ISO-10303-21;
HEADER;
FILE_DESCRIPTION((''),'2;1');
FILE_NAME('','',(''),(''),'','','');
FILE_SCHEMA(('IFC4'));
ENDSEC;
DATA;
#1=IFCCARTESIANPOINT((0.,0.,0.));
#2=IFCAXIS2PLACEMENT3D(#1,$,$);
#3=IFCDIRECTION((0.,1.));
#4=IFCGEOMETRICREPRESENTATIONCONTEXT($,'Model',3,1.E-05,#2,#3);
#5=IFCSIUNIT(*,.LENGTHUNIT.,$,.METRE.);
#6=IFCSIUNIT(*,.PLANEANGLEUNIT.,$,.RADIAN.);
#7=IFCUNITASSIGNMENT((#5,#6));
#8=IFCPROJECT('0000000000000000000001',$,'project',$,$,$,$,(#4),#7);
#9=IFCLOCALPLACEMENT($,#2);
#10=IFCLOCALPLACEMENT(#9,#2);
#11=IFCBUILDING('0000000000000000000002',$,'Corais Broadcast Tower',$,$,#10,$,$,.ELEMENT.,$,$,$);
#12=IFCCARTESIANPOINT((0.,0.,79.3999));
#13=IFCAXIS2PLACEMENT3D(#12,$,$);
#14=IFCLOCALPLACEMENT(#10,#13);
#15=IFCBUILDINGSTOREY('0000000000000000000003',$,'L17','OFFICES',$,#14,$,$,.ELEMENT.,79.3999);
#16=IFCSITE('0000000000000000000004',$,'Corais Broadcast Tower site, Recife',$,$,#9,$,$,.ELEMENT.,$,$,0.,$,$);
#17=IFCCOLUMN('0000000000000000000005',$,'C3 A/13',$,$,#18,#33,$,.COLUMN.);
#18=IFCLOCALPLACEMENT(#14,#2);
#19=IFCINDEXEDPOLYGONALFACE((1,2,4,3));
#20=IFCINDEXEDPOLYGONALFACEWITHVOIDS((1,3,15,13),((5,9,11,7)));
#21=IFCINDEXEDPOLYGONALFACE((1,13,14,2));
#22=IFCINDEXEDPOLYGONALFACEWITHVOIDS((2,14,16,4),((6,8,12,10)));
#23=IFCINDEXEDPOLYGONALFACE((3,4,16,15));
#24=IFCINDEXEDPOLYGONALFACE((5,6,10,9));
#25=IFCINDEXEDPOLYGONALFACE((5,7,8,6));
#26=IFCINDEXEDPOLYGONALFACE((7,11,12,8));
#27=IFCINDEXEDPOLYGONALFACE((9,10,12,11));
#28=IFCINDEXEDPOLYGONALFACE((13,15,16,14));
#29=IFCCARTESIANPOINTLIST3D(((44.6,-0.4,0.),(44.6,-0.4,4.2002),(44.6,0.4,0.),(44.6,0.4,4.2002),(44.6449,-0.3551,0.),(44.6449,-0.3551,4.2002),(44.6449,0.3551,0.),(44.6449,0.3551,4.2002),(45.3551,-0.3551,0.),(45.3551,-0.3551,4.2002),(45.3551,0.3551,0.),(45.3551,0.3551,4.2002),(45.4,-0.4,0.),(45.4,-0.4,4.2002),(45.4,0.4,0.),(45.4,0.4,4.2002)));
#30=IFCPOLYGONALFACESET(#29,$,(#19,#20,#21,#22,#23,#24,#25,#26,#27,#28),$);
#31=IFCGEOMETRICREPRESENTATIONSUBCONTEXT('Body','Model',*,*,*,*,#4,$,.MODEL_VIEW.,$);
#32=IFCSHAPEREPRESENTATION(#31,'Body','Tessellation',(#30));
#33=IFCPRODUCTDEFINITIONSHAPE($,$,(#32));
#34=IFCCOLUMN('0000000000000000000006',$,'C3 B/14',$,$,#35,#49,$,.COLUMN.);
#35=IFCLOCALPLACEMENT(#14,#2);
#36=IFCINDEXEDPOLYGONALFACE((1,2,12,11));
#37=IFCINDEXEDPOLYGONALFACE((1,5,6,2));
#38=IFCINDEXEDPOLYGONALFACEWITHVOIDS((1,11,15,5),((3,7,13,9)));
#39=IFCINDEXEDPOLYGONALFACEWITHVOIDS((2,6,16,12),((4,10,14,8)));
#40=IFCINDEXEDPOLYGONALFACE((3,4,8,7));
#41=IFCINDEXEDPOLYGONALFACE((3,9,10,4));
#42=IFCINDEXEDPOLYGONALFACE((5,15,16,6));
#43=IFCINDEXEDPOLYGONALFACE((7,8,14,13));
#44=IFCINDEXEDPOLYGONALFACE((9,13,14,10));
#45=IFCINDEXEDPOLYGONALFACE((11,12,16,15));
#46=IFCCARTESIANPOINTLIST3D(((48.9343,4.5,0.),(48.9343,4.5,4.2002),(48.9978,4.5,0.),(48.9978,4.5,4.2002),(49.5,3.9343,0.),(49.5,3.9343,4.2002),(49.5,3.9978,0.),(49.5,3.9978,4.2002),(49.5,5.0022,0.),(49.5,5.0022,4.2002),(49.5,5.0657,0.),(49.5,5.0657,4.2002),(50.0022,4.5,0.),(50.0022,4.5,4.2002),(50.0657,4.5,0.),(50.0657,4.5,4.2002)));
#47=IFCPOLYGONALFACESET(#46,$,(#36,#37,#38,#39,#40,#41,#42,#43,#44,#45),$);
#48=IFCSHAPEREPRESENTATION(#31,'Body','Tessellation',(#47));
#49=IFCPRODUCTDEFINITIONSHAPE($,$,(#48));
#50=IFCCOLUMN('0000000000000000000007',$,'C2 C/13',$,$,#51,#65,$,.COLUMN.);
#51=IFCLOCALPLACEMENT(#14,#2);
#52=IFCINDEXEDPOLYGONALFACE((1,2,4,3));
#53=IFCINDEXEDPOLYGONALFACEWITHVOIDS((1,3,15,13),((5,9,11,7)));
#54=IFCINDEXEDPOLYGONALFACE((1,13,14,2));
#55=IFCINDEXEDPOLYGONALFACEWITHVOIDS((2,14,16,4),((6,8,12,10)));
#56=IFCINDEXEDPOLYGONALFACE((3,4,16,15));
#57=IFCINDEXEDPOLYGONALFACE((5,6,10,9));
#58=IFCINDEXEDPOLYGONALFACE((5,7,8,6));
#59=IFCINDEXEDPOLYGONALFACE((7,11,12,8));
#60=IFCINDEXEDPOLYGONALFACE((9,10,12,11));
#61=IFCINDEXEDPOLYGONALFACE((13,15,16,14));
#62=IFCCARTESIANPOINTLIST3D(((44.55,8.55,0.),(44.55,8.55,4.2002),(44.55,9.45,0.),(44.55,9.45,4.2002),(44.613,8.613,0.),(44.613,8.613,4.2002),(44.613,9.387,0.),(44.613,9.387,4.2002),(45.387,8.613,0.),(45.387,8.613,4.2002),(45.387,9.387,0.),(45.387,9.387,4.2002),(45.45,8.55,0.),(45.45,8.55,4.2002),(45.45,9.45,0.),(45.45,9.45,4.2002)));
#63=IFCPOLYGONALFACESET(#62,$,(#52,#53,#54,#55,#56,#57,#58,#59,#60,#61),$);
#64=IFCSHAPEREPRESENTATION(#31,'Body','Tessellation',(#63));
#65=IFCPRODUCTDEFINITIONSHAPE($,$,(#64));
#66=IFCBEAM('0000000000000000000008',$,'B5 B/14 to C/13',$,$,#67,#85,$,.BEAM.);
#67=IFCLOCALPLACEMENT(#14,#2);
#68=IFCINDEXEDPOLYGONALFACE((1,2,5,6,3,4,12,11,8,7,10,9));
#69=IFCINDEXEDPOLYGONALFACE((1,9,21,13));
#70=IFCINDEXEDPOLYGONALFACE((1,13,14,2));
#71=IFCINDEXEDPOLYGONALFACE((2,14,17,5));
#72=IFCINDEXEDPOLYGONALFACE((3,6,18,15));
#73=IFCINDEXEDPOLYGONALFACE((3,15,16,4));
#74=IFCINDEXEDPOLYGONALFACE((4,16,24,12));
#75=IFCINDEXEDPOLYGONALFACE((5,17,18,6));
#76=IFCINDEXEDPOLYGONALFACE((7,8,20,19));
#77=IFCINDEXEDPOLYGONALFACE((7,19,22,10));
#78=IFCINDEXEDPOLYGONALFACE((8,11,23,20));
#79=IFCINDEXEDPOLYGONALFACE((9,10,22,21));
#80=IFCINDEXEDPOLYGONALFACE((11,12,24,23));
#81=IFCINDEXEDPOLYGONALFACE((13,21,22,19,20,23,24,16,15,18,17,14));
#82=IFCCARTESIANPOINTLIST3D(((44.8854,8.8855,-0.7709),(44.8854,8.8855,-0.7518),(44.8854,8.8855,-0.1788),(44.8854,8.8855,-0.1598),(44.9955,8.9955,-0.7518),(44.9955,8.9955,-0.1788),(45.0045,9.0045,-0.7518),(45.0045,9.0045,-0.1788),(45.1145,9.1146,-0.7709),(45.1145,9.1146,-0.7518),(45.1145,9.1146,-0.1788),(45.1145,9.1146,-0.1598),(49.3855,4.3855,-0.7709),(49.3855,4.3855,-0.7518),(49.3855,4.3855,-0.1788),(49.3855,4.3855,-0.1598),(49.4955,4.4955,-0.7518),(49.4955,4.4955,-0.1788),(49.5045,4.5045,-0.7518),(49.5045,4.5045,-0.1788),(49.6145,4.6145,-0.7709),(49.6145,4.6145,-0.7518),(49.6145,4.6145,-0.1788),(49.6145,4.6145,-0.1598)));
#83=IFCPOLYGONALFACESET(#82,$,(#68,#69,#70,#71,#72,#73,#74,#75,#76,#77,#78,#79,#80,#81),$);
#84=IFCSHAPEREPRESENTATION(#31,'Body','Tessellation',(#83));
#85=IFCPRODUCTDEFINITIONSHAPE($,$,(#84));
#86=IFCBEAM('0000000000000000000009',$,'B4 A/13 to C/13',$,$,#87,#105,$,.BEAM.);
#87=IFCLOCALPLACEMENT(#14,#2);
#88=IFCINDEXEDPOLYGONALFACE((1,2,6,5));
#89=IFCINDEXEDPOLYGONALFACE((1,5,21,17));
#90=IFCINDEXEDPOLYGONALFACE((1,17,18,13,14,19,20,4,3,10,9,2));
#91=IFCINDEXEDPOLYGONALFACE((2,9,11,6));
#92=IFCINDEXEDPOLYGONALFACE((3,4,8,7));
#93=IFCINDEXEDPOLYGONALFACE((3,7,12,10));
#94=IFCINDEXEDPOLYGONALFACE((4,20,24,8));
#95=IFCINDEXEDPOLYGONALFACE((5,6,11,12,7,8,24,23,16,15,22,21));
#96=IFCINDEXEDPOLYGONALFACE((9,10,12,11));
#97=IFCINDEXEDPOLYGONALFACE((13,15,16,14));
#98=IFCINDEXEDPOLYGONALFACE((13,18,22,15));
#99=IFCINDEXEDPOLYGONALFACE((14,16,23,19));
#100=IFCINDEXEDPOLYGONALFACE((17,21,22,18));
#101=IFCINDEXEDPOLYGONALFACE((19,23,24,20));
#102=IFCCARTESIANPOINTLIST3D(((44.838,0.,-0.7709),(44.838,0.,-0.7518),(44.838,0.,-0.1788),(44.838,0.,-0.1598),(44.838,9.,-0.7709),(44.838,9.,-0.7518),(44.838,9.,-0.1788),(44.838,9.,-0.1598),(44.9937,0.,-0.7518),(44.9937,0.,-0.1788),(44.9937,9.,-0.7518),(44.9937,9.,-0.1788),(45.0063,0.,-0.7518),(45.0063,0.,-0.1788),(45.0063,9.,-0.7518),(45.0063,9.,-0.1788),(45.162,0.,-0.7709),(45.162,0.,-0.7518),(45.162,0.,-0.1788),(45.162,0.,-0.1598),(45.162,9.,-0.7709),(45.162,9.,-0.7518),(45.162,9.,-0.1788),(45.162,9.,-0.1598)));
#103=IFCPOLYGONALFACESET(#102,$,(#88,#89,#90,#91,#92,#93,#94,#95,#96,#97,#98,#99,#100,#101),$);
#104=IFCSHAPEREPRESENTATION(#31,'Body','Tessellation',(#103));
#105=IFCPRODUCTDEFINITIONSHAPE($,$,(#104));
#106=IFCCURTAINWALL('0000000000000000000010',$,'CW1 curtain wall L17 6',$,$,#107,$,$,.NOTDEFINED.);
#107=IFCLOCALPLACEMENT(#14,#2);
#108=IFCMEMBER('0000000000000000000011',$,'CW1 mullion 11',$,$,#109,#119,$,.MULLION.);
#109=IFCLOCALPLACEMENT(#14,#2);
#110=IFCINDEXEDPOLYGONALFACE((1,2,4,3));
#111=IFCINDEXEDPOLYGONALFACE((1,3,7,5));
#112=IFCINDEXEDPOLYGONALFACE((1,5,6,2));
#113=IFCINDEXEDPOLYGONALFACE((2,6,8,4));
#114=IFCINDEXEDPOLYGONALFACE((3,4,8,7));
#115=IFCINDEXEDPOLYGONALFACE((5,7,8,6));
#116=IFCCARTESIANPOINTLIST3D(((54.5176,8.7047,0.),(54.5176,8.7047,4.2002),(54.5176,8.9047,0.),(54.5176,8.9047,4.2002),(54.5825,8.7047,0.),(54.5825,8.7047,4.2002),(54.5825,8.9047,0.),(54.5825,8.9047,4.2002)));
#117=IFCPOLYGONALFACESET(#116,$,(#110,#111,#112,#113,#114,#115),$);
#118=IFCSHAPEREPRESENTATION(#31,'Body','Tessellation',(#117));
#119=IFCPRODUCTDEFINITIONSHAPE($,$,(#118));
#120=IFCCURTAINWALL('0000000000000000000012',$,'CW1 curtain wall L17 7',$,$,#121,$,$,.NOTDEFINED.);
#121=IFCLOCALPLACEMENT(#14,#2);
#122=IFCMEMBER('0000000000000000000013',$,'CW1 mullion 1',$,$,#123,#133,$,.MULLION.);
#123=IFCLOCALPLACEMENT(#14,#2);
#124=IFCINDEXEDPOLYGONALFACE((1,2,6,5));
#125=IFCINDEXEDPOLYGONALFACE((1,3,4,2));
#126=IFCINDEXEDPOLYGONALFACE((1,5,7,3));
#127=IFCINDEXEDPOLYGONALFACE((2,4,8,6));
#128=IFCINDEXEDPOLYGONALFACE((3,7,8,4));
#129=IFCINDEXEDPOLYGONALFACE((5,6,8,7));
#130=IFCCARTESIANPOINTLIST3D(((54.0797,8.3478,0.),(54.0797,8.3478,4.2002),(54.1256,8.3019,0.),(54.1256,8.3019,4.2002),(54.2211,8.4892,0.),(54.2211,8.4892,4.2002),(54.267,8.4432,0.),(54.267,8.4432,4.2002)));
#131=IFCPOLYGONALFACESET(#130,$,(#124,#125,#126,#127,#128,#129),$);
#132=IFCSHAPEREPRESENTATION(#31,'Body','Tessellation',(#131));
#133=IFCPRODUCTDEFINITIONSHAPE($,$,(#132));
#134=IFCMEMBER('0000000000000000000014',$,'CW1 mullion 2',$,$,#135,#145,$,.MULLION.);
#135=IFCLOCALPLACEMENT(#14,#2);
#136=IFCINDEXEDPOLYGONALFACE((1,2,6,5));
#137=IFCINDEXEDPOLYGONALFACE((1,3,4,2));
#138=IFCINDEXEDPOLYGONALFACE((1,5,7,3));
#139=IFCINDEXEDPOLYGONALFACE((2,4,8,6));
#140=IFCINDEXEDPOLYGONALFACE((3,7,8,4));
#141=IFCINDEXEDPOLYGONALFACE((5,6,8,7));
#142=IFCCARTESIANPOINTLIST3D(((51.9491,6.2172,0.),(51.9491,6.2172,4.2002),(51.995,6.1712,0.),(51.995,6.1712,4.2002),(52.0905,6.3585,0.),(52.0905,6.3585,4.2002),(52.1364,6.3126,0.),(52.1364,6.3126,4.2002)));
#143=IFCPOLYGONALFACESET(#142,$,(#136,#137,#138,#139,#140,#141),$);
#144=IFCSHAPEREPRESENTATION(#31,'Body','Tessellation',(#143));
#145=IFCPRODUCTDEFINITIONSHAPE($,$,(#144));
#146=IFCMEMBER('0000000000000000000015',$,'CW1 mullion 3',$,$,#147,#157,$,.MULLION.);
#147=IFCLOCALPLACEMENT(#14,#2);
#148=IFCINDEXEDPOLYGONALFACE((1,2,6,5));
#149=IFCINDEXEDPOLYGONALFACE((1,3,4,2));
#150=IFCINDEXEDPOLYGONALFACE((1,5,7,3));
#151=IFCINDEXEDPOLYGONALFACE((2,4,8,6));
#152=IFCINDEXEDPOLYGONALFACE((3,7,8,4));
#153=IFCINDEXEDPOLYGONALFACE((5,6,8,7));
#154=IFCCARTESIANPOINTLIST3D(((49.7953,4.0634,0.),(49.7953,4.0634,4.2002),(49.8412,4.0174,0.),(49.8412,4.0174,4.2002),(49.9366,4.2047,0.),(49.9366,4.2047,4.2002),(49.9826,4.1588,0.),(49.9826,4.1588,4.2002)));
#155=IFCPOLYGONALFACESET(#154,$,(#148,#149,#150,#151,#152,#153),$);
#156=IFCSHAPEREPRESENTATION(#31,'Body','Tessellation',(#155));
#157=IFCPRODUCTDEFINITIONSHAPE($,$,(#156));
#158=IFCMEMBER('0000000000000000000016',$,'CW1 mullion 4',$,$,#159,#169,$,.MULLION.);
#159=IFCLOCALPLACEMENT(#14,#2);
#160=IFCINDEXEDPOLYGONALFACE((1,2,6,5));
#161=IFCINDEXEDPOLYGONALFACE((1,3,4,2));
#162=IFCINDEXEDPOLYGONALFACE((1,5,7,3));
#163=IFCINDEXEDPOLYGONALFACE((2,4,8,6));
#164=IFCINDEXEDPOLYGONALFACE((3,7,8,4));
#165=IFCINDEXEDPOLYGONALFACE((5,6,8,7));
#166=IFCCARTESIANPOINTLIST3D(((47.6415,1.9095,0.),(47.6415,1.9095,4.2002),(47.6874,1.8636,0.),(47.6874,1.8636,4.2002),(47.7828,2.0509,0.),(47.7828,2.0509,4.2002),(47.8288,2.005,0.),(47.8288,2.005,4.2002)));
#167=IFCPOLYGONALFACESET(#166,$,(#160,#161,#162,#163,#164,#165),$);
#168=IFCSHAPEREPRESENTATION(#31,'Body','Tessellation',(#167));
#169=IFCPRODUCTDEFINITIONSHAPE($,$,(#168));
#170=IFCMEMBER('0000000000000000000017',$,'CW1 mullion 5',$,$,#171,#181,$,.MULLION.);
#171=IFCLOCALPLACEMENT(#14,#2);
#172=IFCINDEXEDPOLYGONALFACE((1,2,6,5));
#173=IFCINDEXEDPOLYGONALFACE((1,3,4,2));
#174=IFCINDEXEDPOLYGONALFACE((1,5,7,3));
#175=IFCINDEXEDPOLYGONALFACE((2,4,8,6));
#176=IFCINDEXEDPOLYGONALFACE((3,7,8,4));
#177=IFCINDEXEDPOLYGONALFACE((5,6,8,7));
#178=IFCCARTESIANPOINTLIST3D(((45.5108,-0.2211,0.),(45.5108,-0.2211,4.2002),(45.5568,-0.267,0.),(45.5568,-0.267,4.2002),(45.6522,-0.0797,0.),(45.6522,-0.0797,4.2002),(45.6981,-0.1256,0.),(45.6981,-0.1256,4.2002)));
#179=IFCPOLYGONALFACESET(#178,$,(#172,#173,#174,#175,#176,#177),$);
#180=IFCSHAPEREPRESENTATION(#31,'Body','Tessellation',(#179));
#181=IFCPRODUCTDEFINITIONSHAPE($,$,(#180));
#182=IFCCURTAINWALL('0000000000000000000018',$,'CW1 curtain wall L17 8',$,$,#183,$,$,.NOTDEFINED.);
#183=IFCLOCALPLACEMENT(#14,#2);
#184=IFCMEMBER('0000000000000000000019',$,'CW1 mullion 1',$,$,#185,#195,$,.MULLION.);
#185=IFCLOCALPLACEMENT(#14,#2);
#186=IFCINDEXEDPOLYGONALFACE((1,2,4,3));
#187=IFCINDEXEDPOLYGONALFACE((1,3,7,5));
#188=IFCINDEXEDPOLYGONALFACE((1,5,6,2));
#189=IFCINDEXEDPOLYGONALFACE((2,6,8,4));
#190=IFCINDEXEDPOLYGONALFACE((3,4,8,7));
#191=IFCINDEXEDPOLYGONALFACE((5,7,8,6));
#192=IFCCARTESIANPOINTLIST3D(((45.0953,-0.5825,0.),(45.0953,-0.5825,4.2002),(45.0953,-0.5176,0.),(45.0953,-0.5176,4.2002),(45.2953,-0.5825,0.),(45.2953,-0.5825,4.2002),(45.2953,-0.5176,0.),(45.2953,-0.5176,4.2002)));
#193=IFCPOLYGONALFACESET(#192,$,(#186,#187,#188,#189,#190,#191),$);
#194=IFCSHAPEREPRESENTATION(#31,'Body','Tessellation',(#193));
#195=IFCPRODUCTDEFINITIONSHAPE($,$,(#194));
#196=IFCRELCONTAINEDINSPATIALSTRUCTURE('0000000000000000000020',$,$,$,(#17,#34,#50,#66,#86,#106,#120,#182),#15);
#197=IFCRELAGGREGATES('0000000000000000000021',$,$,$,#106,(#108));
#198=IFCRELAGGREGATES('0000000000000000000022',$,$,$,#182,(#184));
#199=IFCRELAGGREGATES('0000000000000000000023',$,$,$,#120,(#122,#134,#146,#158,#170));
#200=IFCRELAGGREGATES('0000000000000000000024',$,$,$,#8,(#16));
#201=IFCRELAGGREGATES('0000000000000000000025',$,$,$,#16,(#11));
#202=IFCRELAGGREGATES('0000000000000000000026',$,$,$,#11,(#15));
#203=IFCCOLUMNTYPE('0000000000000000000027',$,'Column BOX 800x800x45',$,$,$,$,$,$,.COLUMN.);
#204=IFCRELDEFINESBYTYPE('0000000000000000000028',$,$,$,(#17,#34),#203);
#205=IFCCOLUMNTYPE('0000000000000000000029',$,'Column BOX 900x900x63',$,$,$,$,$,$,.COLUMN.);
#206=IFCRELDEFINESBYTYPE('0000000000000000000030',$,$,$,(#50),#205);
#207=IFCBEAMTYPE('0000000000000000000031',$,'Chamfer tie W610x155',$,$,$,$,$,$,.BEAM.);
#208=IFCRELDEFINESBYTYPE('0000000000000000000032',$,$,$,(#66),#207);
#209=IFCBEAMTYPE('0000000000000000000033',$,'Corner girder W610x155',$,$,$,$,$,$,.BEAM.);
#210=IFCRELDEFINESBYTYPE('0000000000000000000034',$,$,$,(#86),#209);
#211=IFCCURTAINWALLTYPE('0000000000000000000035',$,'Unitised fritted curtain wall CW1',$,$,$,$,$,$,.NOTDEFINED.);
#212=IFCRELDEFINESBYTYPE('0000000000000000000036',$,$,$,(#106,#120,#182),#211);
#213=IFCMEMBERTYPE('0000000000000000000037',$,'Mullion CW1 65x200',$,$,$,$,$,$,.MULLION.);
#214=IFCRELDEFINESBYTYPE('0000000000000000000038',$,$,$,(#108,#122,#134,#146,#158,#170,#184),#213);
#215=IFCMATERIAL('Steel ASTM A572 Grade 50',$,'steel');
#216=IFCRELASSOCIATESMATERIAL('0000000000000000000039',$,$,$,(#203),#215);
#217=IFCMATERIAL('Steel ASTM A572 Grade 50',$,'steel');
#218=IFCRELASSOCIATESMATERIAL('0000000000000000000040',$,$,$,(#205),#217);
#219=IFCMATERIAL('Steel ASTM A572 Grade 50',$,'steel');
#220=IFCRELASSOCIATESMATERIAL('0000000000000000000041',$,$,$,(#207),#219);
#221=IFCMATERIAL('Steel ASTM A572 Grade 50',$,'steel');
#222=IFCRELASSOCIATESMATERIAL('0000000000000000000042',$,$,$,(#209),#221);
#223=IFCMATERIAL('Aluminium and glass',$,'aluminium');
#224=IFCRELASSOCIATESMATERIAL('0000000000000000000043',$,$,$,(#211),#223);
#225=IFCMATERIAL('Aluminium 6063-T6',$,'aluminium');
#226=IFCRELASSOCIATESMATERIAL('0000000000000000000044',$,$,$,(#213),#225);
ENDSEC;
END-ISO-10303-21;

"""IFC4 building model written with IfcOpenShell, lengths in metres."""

from ifc_helpers import new_model, si_unit, direction, frame, origin, origin_2d, place, context, subcontext, project, spatial, rectangle, hollow_rectangle, i_section, extrude, material, material_profile, profile_set, type_object, element, aggregate, save


model = new_model("IFC4")

# Units and contexts
model_context = context("Model", 3, precision=1e-05, world=origin(), true_north=direction((0.0, 1.0)))
body_context = subcontext(model_context, "Body", "Model", "MODEL_VIEW")
ifc_project = project(units=[si_unit("LENGTHUNIT", "METRE"), si_unit("PLANEANGLEUNIT", "RADIAN")], contexts=[model_context])

# Site, building, storey
site_placement = place(None, origin())
site = spatial("IfcSite", under=ifc_project, at=site_placement, Name="Corais Broadcast Tower site, Recife", CompositionType="ELEMENT", RefElevation=0.0)
building_placement = place(site_placement, origin())
building = spatial("IfcBuilding", under=site, at=building_placement, Name="Corais Broadcast Tower", CompositionType="ELEMENT")
storey_placement = place(building_placement, frame((0.0, 0.0, 79.3999)))
storey = spatial("IfcBuildingStorey", under=building, at=storey_placement, Name="L17", Description="OFFICES", CompositionType="ELEMENT", Elevation=79.3999)

# Columns
ifc_material_1 = material(Name="Steel ASTM A572 Grade 50", Category="steel")
ifc_material_profile_1 = material_profile(ifc_material_1, hollow_rectangle(XDim=0.8, YDim=0.8, WallThickness=0.0449, at=origin_2d()), Name="BOX 800x800x45")
ifc_profile_set_1 = profile_set([ifc_material_profile_1], Name="Steel ASTM A572 Grade 50")
column_type_1 = type_object("IfcColumnType", Name="Column BOX 800x800x45", PredefinedType="COLUMN", material=ifc_profile_set_1)
for number, where, z_axis, x_axis, name in (
    (1, (45.0, 0.0, 0.0), (0.0, 0.0, 1.0), (1.0, 0.0, 0.0), "C3 A/13"),
    (2, (49.5, 4.5, 0.0), (0.0, 0.0, 1.0), (0.707107, 0.707107, 0.0), "C3 B/14"),
):
    element("IfcColumn", number, at=place(storey_placement, frame(where, z_axis=z_axis, x_axis=x_axis)), inside=storey, type_object=column_type_1, Name=name, PredefinedType="COLUMN", context=body_context, shape_type="SweptSolid", body=[
        extrude(hollow_rectangle(XDim=0.8, YDim=0.8, WallThickness=0.0449, at=origin_2d()), origin(), (0.0, 0.0, 1.0), 4.2002),
    ])
ifc_material_2 = material(Name="Steel ASTM A572 Grade 50", Category="steel")
ifc_material_profile_2 = material_profile(ifc_material_2, hollow_rectangle(XDim=0.8999, YDim=0.8999, WallThickness=0.063, at=origin_2d()), Name="BOX 900x900x63")
ifc_profile_set_2 = profile_set([ifc_material_profile_2], Name="Steel ASTM A572 Grade 50")
column_type_2 = type_object("IfcColumnType", Name="Column BOX 900x900x63", PredefinedType="COLUMN", material=ifc_profile_set_2)
column_placement = place(storey_placement, frame((45.0, 9.0, 0.0), z_axis=(0.0, 0.0, 1.0), x_axis=(1.0, 0.0, 0.0)))
element("IfcColumn", 3, at=column_placement, inside=storey, type_object=column_type_2, Name="C2 C/13", PredefinedType="COLUMN", context=body_context, shape_type="SweptSolid", body=[
    extrude(hollow_rectangle(XDim=0.8999, YDim=0.8999, WallThickness=0.063, at=origin_2d()), origin(), (0.0, 0.0, 1.0), 4.2002),
])

# Beams
ifc_material_3 = material(Name="Steel ASTM A572 Grade 50", Category="steel")
ifc_material_profile_3 = material_profile(ifc_material_3, i_section(OverallWidth=0.324, OverallDepth=0.6111, WebThickness=0.0127, FlangeThickness=0.019, at=origin_2d()), Name="W610x155")
ifc_profile_set_3 = profile_set([ifc_material_profile_3], Name="Steel ASTM A572 Grade 50")
beam_type_1 = type_object("IfcBeamType", Name="Chamfer tie W610x155", PredefinedType="BEAM", material=ifc_profile_set_3)
beam_1_placement = place(storey_placement, frame((49.5, 4.5, -0.4653), z_axis=(-0.707107, 0.707107, 0.0), x_axis=(-0.707107, -0.707107, 0.0)))
element("IfcBeam", 4, at=beam_1_placement, inside=storey, type_object=beam_type_1, Name="B5 B/14 to C/13", PredefinedType="BEAM", context=body_context, shape_type="SweptSolid", body=[
    extrude(i_section(OverallWidth=0.324, OverallDepth=0.6111, WebThickness=0.0127, FlangeThickness=0.019, at=origin_2d()), origin(), (0.0, 0.0, 1.0), 6.364),
])
ifc_material_4 = material(Name="Steel ASTM A572 Grade 50", Category="steel")
ifc_material_profile_4 = material_profile(ifc_material_4, i_section(OverallWidth=0.324, OverallDepth=0.6111, WebThickness=0.0127, FlangeThickness=0.019, at=origin_2d()), Name="W610x155")
ifc_profile_set_4 = profile_set([ifc_material_profile_4], Name="Steel ASTM A572 Grade 50")
beam_type_2 = type_object("IfcBeamType", Name="Corner girder W610x155", PredefinedType="BEAM", material=ifc_profile_set_4)
beam_2_placement = place(storey_placement, frame((45.0, 0.0, -0.4653), z_axis=(0.0, 1.0, 0.0), x_axis=(-1.0, 0.0, 0.0)))
element("IfcBeam", 5, at=beam_2_placement, inside=storey, type_object=beam_type_2, Name="B4 A/13 to C/13", PredefinedType="BEAM", context=body_context, shape_type="SweptSolid", body=[
    extrude(i_section(OverallWidth=0.324, OverallDepth=0.6111, WebThickness=0.0127, FlangeThickness=0.019, at=origin_2d()), origin(), (0.0, 0.0, 1.0), 9.0),
])

# Curtain wall, member
ifc_material_5 = material(Name="Aluminium and glass", Category="aluminium")
curtain_wall_type = type_object("IfcCurtainWallType", Name="Unitised fritted curtain wall CW1", PredefinedType="NOTDEFINED", material=ifc_material_5)
curtain_wall_1_placement = place(storey_placement, origin())
curtain_wall_1 = element("IfcCurtainWall", 6, at=curtain_wall_1_placement, inside=storey, type_object=curtain_wall_type, Name="CW1 curtain wall L17 6", PredefinedType="NOTDEFINED")
ifc_material_6 = material(Name="Aluminium 6063-T6", Category="aluminium")
ifc_material_profile_5 = material_profile(ifc_material_6, rectangle(XDim=0.0649, YDim=0.2, at=origin_2d()), Name="Mullion CW1 65x200")
ifc_profile_set_5 = profile_set([ifc_material_profile_5], Name="Aluminium 6063-T6")
member_type_1 = type_object("IfcMemberType", Name="Mullion CW1 65x200", PredefinedType="MULLION", material=ifc_profile_set_5)
member_1_placement = place(storey_placement, frame((54.55, 8.8047, 0.0), z_axis=(0.0, 0.0, 1.0), x_axis=(1.0, 0.0, 0.0)))
member_1 = element("IfcMember", 7, at=member_1_placement, type_object=member_type_1, Name="CW1 mullion 11", PredefinedType="MULLION", context=body_context, shape_type="SweptSolid", body=[
    extrude(rectangle(XDim=0.0649, YDim=0.2, at=origin_2d()), origin(), (0.0, 0.0, 1.0), 4.2002),
])
aggregate(curtain_wall_1, [member_1])

# Curtain wall, members
curtain_wall_2_placement = place(storey_placement, origin())
curtain_wall_2 = element("IfcCurtainWall", 8, at=curtain_wall_2_placement, inside=storey, type_object=curtain_wall_type, Name="CW1 curtain wall L17 7", PredefinedType="NOTDEFINED")
member_2_placement = place(storey_placement, frame((54.1733, 8.3955, 0.0), z_axis=(0.0, 0.0, 1.0), x_axis=(0.707107, -0.707107, 0.0)))
member_2 = element("IfcMember", 9, at=member_2_placement, type_object=member_type_1, Name="CW1 mullion 1", PredefinedType="MULLION", context=body_context, shape_type="SweptSolid", body=[
    extrude(rectangle(XDim=0.0649, YDim=0.2, at=origin_2d()), origin(), (0.0, 0.0, 1.0), 4.2002),
])
member_3_placement = place(storey_placement, frame((52.0427, 6.2649, 0.0), z_axis=(0.0, 0.0, 1.0), x_axis=(0.707107, -0.707107, 0.0)))
member_3 = element("IfcMember", 10, at=member_3_placement, type_object=member_type_1, Name="CW1 mullion 2", PredefinedType="MULLION", context=body_context, shape_type="SweptSolid", body=[
    extrude(rectangle(XDim=0.0649, YDim=0.2, at=origin_2d()), origin(), (0.0, 0.0, 1.0), 4.2002),
])
member_4_placement = place(storey_placement, frame((49.8889, 4.1111, 0.0), z_axis=(0.0, 0.0, 1.0), x_axis=(0.707107, -0.707107, 0.0)))
member_4 = element("IfcMember", 11, at=member_4_placement, type_object=member_type_1, Name="CW1 mullion 3", PredefinedType="MULLION", context=body_context, shape_type="SweptSolid", body=[
    extrude(rectangle(XDim=0.0649, YDim=0.2, at=origin_2d()), origin(), (0.0, 0.0, 1.0), 4.2002),
])
member_5_placement = place(storey_placement, frame((47.7351, 1.9573, 0.0), z_axis=(0.0, 0.0, 1.0), x_axis=(0.707107, -0.707107, 0.0)))
member_5 = element("IfcMember", 12, at=member_5_placement, type_object=member_type_1, Name="CW1 mullion 4", PredefinedType="MULLION", context=body_context, shape_type="SweptSolid", body=[
    extrude(rectangle(XDim=0.0649, YDim=0.2, at=origin_2d()), origin(), (0.0, 0.0, 1.0), 4.2002),
])
member_6_placement = place(storey_placement, frame((45.6045, -0.1733, 0.0), z_axis=(0.0, 0.0, 1.0), x_axis=(0.707107, -0.707107, 0.0)))
member_6 = element("IfcMember", 13, at=member_6_placement, type_object=member_type_1, Name="CW1 mullion 5", PredefinedType="MULLION", context=body_context, shape_type="SweptSolid", body=[
    extrude(rectangle(XDim=0.0649, YDim=0.2, at=origin_2d()), origin(), (0.0, 0.0, 1.0), 4.2002),
])

# Curtain wall, member
curtain_wall_3_placement = place(storey_placement, origin())
curtain_wall_3 = element("IfcCurtainWall", 14, at=curtain_wall_3_placement, inside=storey, type_object=curtain_wall_type, Name="CW1 curtain wall L17 8", PredefinedType="NOTDEFINED")
member_7_placement = place(storey_placement, frame((45.1953, -0.55, 0.0), z_axis=(0.0, 0.0, 1.0), x_axis=(0.0, -1.0, 0.0)))
member_7 = element("IfcMember", 15, at=member_7_placement, type_object=member_type_1, Name="CW1 mullion 1", PredefinedType="MULLION", context=body_context, shape_type="SweptSolid", body=[
    extrude(rectangle(XDim=0.0649, YDim=0.2, at=origin_2d()), origin(), (0.0, 0.0, 1.0), 4.2002),
])

aggregate(curtain_wall_3, [member_7])

aggregate(curtain_wall_2, [member_2, member_3, member_4, member_5, member_6])

save(model, "model.ifc")
